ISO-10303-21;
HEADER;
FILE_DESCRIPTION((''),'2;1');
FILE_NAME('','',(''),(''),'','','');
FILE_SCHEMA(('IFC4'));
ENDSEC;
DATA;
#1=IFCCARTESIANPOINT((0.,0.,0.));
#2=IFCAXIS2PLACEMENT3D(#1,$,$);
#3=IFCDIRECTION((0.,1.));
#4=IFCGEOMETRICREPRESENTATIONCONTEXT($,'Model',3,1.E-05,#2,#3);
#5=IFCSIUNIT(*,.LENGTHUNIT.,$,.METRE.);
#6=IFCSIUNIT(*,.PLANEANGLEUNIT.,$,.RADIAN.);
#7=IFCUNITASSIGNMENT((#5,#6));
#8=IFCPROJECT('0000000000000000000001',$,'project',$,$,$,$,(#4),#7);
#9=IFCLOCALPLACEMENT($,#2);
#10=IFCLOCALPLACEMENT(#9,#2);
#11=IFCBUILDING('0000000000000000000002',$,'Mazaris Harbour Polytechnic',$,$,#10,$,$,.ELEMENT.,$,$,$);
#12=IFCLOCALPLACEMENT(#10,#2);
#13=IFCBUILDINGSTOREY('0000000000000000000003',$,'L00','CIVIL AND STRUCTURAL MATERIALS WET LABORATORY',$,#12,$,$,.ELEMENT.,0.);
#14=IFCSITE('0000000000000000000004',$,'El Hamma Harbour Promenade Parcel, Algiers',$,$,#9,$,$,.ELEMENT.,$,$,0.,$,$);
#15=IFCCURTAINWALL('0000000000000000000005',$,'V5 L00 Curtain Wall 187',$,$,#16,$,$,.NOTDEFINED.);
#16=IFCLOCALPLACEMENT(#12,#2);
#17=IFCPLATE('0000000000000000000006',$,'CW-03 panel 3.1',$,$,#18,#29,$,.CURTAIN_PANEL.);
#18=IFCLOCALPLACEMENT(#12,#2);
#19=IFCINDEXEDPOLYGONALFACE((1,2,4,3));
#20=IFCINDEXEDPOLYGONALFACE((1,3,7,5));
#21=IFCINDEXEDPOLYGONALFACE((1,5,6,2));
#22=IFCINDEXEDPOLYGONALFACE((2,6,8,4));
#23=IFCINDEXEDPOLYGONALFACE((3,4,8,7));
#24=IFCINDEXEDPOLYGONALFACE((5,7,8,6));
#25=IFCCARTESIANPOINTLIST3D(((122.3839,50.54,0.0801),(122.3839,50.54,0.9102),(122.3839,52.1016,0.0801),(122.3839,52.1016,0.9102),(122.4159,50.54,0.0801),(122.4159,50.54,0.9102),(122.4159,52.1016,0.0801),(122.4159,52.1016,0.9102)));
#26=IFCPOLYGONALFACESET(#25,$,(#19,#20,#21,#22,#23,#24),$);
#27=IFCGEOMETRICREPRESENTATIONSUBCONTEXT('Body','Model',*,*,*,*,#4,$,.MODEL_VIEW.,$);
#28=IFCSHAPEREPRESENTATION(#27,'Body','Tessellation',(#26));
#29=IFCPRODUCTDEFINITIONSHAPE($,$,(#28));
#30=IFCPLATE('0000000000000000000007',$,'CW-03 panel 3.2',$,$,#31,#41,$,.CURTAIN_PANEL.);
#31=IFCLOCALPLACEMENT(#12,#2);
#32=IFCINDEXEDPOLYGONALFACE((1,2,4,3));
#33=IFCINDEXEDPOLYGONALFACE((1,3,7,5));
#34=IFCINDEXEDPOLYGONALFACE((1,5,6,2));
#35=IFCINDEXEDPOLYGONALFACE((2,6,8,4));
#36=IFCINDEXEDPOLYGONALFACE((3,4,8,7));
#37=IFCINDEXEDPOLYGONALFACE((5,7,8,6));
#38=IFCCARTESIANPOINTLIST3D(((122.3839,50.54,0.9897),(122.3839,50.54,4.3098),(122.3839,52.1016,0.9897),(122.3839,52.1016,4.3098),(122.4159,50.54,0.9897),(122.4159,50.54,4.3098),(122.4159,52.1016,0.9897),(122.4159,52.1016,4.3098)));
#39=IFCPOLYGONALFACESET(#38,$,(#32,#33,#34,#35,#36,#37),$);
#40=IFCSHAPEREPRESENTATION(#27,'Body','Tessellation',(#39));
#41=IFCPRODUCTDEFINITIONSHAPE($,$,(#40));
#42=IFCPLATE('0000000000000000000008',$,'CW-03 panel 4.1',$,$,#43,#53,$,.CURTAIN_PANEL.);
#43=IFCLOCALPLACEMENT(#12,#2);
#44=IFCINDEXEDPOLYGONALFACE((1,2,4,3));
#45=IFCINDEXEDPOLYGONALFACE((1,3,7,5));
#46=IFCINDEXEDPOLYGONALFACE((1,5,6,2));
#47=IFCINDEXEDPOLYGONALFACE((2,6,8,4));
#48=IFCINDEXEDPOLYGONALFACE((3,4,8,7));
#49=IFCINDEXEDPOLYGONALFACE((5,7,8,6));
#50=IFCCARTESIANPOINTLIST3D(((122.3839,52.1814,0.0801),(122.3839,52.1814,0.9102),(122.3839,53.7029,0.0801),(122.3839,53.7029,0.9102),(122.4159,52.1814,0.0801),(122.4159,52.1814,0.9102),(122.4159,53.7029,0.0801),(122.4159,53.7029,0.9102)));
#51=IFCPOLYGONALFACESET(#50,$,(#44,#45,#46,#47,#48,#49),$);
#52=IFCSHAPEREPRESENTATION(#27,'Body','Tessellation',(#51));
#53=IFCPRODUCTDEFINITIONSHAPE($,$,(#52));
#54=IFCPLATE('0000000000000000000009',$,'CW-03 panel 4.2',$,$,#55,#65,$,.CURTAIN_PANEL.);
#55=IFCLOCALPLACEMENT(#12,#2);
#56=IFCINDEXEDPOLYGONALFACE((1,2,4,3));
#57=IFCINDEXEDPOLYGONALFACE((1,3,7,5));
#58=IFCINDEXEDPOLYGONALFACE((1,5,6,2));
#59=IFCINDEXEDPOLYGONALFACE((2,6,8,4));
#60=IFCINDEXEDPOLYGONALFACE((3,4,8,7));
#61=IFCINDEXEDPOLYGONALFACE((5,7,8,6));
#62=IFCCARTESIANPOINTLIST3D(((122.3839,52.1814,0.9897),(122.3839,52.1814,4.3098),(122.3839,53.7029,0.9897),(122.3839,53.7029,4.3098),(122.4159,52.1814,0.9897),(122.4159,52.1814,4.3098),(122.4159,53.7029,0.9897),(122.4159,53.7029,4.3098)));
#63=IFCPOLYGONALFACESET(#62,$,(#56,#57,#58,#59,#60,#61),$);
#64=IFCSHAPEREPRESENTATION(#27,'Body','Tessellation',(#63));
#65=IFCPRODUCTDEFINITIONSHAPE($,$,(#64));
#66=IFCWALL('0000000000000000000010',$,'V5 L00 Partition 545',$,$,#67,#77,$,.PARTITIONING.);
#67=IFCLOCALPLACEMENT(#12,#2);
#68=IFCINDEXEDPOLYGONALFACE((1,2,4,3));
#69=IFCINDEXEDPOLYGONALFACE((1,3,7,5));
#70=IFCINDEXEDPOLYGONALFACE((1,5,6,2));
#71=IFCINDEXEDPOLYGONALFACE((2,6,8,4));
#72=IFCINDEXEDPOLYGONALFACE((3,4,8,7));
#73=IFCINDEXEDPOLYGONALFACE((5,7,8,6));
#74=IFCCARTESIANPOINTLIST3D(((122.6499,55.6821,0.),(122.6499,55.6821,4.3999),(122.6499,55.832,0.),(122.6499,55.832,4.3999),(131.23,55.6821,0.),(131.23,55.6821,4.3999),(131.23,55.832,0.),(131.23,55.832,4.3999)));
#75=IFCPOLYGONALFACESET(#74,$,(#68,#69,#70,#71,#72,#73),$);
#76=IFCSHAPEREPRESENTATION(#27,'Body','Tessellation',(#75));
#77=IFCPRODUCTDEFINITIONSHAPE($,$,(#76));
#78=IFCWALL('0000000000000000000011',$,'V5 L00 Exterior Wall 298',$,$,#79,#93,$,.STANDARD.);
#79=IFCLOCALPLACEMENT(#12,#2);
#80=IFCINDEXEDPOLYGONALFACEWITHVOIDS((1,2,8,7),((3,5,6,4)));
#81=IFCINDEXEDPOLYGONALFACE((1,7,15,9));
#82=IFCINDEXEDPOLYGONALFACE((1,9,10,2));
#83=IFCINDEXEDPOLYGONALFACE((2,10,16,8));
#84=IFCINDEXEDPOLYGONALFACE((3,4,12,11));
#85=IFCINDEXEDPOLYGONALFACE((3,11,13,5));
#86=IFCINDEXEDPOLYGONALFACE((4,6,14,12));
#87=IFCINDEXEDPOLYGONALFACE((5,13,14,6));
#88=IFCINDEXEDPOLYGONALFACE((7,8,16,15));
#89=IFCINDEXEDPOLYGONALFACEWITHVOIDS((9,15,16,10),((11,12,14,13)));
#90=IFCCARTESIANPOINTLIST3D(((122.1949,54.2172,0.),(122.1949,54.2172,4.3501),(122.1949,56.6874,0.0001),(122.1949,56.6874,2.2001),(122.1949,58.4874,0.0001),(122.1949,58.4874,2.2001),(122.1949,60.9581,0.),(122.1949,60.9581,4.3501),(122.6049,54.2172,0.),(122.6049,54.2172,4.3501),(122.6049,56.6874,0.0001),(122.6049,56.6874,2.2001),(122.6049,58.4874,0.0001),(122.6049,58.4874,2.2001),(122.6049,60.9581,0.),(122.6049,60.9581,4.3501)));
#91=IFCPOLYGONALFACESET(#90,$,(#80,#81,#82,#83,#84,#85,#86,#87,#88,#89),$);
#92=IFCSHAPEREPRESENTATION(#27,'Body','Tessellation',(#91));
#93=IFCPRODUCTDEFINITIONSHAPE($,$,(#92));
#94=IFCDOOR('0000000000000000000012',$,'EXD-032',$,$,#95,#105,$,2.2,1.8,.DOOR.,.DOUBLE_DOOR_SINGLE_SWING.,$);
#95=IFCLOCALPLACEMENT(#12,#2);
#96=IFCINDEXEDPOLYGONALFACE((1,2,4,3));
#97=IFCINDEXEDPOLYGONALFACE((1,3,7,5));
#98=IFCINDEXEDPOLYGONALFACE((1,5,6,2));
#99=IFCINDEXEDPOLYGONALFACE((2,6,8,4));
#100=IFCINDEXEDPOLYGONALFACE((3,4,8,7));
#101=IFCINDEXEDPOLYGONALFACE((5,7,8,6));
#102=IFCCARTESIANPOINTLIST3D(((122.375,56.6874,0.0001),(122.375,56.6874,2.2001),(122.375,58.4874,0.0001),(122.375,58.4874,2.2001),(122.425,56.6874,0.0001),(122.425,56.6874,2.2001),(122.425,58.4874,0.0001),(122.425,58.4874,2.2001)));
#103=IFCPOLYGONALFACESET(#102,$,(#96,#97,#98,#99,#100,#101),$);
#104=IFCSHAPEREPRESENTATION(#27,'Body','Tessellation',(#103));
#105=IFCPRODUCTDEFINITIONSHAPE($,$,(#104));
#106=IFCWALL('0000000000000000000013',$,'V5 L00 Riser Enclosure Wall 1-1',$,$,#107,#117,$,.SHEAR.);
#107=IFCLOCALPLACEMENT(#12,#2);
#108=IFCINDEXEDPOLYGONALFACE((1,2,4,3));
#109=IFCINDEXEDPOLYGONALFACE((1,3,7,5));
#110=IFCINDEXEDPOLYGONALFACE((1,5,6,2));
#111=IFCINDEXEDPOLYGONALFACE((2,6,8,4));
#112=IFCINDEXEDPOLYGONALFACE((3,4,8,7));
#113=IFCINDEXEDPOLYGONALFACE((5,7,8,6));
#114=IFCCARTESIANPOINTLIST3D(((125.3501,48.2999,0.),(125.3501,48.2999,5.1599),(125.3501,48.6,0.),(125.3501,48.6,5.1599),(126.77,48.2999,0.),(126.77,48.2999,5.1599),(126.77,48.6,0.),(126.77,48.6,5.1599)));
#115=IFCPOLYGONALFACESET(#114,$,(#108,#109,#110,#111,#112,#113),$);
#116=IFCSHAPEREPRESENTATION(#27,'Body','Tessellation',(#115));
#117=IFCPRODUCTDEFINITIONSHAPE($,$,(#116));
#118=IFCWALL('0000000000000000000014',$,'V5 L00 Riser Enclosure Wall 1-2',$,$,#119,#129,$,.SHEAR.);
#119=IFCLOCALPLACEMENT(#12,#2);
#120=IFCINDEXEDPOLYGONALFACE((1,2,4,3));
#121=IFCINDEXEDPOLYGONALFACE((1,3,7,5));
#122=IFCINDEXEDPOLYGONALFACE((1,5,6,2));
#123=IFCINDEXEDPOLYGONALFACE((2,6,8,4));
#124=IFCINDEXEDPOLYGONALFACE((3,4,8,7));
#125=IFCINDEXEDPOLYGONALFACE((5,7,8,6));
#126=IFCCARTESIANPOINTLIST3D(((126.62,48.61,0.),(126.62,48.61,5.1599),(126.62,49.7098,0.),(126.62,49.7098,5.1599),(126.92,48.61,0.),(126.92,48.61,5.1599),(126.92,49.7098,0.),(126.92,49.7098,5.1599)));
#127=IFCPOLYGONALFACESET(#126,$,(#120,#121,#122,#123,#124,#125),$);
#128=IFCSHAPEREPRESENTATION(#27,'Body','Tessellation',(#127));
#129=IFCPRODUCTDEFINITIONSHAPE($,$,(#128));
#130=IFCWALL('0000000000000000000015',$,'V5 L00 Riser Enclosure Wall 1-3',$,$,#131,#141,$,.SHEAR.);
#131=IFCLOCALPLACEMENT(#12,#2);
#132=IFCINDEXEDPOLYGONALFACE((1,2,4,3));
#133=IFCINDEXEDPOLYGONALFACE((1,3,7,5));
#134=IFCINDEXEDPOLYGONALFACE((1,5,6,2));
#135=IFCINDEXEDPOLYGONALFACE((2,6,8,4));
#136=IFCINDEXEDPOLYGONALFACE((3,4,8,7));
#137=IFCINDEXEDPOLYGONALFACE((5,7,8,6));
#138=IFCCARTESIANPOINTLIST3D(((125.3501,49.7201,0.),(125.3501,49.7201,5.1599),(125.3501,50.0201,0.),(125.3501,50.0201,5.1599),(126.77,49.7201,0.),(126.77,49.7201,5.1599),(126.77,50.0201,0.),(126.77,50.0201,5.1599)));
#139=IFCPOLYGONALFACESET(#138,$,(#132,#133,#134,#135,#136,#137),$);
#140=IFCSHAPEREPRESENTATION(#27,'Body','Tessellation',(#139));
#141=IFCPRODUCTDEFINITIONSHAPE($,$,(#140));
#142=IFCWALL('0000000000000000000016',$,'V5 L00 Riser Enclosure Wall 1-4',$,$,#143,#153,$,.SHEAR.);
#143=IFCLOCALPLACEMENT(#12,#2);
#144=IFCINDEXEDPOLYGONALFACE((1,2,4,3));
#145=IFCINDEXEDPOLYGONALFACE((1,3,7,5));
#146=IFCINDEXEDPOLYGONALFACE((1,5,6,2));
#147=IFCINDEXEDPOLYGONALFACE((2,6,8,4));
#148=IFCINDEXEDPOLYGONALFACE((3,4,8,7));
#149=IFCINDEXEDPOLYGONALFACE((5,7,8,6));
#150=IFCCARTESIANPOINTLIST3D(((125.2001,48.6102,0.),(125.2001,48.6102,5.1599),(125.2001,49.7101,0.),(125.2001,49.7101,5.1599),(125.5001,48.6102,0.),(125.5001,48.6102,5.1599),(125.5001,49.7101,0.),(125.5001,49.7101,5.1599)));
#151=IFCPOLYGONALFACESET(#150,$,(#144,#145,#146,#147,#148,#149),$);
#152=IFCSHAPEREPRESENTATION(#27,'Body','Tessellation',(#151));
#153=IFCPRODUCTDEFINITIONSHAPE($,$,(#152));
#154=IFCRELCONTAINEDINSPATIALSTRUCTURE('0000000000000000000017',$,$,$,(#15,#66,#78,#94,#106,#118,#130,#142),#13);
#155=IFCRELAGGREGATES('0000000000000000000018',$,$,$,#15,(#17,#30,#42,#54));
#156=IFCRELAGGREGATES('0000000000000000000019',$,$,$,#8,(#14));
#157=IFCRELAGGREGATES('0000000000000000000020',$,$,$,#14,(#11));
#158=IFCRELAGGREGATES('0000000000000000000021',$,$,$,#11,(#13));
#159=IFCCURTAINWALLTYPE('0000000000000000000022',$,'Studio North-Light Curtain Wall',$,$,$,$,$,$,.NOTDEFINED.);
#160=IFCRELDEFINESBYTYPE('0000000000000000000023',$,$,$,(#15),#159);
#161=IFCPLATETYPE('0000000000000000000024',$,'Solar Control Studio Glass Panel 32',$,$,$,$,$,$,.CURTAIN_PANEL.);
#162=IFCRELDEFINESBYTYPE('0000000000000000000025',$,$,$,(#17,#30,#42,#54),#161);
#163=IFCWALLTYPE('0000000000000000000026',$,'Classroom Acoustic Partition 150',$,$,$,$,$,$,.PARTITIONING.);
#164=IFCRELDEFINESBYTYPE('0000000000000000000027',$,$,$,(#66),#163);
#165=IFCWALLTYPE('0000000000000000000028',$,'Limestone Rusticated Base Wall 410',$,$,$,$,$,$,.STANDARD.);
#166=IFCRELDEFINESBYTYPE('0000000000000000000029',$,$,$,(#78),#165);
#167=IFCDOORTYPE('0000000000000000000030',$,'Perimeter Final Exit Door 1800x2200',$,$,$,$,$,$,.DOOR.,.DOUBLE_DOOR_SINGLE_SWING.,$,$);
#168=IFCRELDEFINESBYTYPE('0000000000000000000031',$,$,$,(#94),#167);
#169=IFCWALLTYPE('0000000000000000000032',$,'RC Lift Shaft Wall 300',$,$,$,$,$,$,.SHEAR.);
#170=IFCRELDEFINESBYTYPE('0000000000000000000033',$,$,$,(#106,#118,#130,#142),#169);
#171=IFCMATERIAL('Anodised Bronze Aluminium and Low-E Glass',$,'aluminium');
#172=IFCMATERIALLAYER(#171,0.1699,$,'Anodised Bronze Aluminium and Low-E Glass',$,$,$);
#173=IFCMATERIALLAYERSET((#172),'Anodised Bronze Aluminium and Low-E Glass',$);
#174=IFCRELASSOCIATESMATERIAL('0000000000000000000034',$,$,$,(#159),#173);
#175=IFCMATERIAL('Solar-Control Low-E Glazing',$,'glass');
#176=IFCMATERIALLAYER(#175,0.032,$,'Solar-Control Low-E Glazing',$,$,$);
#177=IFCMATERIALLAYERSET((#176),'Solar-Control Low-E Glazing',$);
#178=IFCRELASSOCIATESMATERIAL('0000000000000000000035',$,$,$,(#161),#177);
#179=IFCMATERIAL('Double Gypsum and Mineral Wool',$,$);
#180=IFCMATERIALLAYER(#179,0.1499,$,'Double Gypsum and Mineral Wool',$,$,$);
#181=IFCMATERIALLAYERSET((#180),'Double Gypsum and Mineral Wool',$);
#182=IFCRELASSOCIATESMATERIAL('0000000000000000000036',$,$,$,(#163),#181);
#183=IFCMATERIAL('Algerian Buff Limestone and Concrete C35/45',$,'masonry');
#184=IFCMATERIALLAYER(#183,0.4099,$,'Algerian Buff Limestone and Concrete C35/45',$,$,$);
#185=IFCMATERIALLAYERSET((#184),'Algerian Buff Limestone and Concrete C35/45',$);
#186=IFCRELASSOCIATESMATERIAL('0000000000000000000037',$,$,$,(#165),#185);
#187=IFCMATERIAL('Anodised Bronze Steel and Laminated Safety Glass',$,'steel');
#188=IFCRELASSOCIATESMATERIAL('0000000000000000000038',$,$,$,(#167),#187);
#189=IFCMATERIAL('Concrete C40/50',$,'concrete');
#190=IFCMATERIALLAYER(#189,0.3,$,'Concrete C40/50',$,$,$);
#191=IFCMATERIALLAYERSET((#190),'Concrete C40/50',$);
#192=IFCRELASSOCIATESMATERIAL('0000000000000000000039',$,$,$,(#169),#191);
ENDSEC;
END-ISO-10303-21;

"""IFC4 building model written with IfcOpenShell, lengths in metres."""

from ifc_helpers import new_model, si_unit, direction, frame, frame_2d, origin, origin_2d, place, context, subcontext, project, spatial, rectangle, extrude, material, layer, layer_set, type_object, element, fill, aggregate, save


model = new_model("IFC4")

# Units and contexts
model_context = context("Model", 3, precision=1e-05, world=origin(), true_north=direction((0.0, 1.0)))
body_context = subcontext(model_context, "Body", "Model", "MODEL_VIEW")
ifc_project = project(units=[si_unit("LENGTHUNIT", "METRE"), si_unit("PLANEANGLEUNIT", "RADIAN")], contexts=[model_context])

# Site, building, storey
site_placement = place(None, origin())
site = spatial("IfcSite", under=ifc_project, at=site_placement, Name="El Hamma Harbour Promenade Parcel, Algiers", CompositionType="ELEMENT", RefElevation=0.0)
building_placement = place(site_placement, origin())
building = spatial("IfcBuilding", under=site, at=building_placement, Name="Mazaris Harbour Polytechnic", CompositionType="ELEMENT")
storey_placement = place(building_placement, origin())
storey = spatial("IfcBuildingStorey", under=building, at=storey_placement, Name="L00", Description="CIVIL AND STRUCTURAL MATERIALS WET LABORATORY", CompositionType="ELEMENT", Elevation=0.0)

# Curtain wall
ifc_material_1 = material(Name="Anodised Bronze Aluminium and Low-E Glass", Category="aluminium")
ifc_layer_1 = layer(ifc_material_1, 0.1699, Name="Anodised Bronze Aluminium and Low-E Glass")
ifc_layer_set_1 = layer_set([ifc_layer_1], Name="Anodised Bronze Aluminium and Low-E Glass")
curtain_wall_type = type_object("IfcCurtainWallType", Name="Studio North-Light Curtain Wall", PredefinedType="NOTDEFINED", material=ifc_layer_set_1)
curtain_wall_placement = place(storey_placement, origin())
curtain_wall = element("IfcCurtainWall", 1, at=curtain_wall_placement, inside=storey, type_object=curtain_wall_type, Name="V5 L00 Curtain Wall 187", PredefinedType="NOTDEFINED")

# Plates
ifc_material_2 = material(Name="Solar-Control Low-E Glazing", Category="glass")
ifc_layer_2 = layer(ifc_material_2, 0.032, Name="Solar-Control Low-E Glazing")
ifc_layer_set_2 = layer_set([ifc_layer_2], Name="Solar-Control Low-E Glazing")
plate_type = type_object("IfcPlateType", Name="Solar Control Studio Glass Panel 32", PredefinedType="CURTAIN_PANEL", material=ifc_layer_set_2)
plate_1_placement = place(storey_placement, frame((122.3999, 51.3208, 0.0801), z_axis=(0.0, 0.0, 1.0), x_axis=(0.0, 1.0, 0.0)))
plate_1 = element("IfcPlate", 2, at=plate_1_placement, type_object=plate_type, Name="CW-03 panel 3.1", PredefinedType="CURTAIN_PANEL", context=body_context, shape_type="SweptSolid", body=[
    extrude(rectangle(XDim=1.5615, YDim=0.032, at=origin_2d()), origin(), (0.0, 0.0, 1.0), 0.8301),
])
plate_2_placement = place(storey_placement, frame((122.3999, 51.3208, 0.9897), z_axis=(0.0, 0.0, 1.0), x_axis=(0.0, 1.0, 0.0)))
plate_2 = element("IfcPlate", 3, at=plate_2_placement, type_object=plate_type, Name="CW-03 panel 3.2", PredefinedType="CURTAIN_PANEL", context=body_context, shape_type="SweptSolid", body=[
    extrude(rectangle(XDim=1.5615, YDim=0.032, at=origin_2d()), origin(), (0.0, 0.0, 1.0), 3.3201),
])
plate_3_placement = place(storey_placement, frame((122.3999, 52.9421, 0.0801), z_axis=(0.0, 0.0, 1.0), x_axis=(0.0, 1.0, 0.0)))
plate_3 = element("IfcPlate", 4, at=plate_3_placement, type_object=plate_type, Name="CW-03 panel 4.1", PredefinedType="CURTAIN_PANEL", context=body_context, shape_type="SweptSolid", body=[
    extrude(rectangle(XDim=1.5215, YDim=0.032, at=origin_2d()), origin(), (0.0, 0.0, 1.0), 0.8301),
])
plate_4_placement = place(storey_placement, frame((122.3999, 52.9421, 0.9897), z_axis=(0.0, 0.0, 1.0), x_axis=(0.0, 1.0, 0.0)))
plate_4 = element("IfcPlate", 5, at=plate_4_placement, type_object=plate_type, Name="CW-03 panel 4.2", PredefinedType="CURTAIN_PANEL", context=body_context, shape_type="SweptSolid", body=[
    extrude(rectangle(XDim=1.5215, YDim=0.032, at=origin_2d()), origin(), (0.0, 0.0, 1.0), 3.3201),
])
aggregate(curtain_wall, [plate_1, plate_2, plate_3, plate_4])

# Wall
ifc_material_3 = material(Name="Double Gypsum and Mineral Wool")
ifc_layer_3 = layer(ifc_material_3, 0.1499, Name="Double Gypsum and Mineral Wool")
ifc_layer_set_3 = layer_set([ifc_layer_3], Name="Double Gypsum and Mineral Wool")
wall_type_1 = type_object("IfcWallType", Name="Classroom Acoustic Partition 150", PredefinedType="PARTITIONING", material=ifc_layer_set_3)
wall_1_placement = place(storey_placement, frame((122.6499, 55.7571, 0.0), z_axis=(0.0, 0.0, 1.0), x_axis=(1.0, 0.0, 0.0)))
element("IfcWall", 6, at=wall_1_placement, inside=storey, type_object=wall_type_1, Name="V5 L00 Partition 545", PredefinedType="PARTITIONING", context=body_context, shape_type="SweptSolid", body=[
    extrude(rectangle(XDim=8.5801, YDim=0.1499, at=frame_2d((4.29, 0.0))), origin(), (0.0, 0.0, 1.0), 4.3999),
])

# Wall, opening, door
ifc_material_4 = material(Name="Algerian Buff Limestone and Concrete C35/45", Category="masonry")
ifc_layer_4 = layer(ifc_material_4, 0.4099, Name="Algerian Buff Limestone and Concrete C35/45")
ifc_layer_set_4 = layer_set([ifc_layer_4], Name="Algerian Buff Limestone and Concrete C35/45")
wall_type_2 = type_object("IfcWallType", Name="Limestone Rusticated Base Wall 410", PredefinedType="STANDARD", material=ifc_layer_set_4)
wall_2_placement = place(storey_placement, frame((122.3999, 54.217, 0.0), z_axis=(0.0, 0.0, 1.0), x_axis=(0.0, 1.0, 0.0)))
wall_2 = element("IfcWall", 7, at=wall_2_placement, inside=storey, type_object=wall_type_2, Name="V5 L00 Exterior Wall 298", PredefinedType="STANDARD", context=body_context, shape_type="SweptSolid", body=[
    extrude(rectangle(XDim=6.741, YDim=0.4099, at=frame_2d((3.3706, 0.0))), origin(), (0.0, 0.0, 1.0), 4.3501),
])
opening_1_placement = place(wall_2_placement, frame((2.4705, 0.0, 0.0)))
opening_1 = element("IfcOpeningElement", 8, at=opening_1_placement, cuts=wall_2, PredefinedType="OPENING", context=body_context, shape_type="SweptSolid", body=[
    extrude(rectangle(XDim=1.8, YDim=2.2, at=frame_2d((0.8999, 1.1001))), frame((0.0, 0.2148, 0.0), z_axis=(0.0, -1.0, 0.0), x_axis=(1.0, 0.0, 0.0)), (0.0, 0.0, 1.0), 0.4299),
])
ifc_material_5 = material(Name="Anodised Bronze Steel and Laminated Safety Glass", Category="steel")
door_type_1 = type_object("IfcDoorType", Name="Perimeter Final Exit Door 1800x2200", OperationType="DOUBLE_DOOR_SINGLE_SWING", PredefinedType="DOOR", material=ifc_material_5)
door_1_placement = place(opening_1_placement, origin())
door_1 = element("IfcDoor", 9, at=door_1_placement, inside=storey, type_object=door_type_1, Name="EXD-032", OperationType="DOUBLE_DOOR_SINGLE_SWING", OverallHeight=2.2, OverallWidth=1.8, PredefinedType="DOOR", context=body_context, shape_type="SweptSolid", body=[
    extrude(rectangle(XDim=1.8, YDim=2.2, at=frame_2d((0.8999, 1.1001))), frame((0.0, 0.0249, 0.0), z_axis=(0.0, -1.0, 0.0), x_axis=(1.0, 0.0, 0.0)), (0.0, 0.0, 1.0), 0.05),
])
fill(opening_1, door_1)

# Walls
ifc_material_6 = material(Name="Concrete C40/50", Category="concrete")
ifc_layer_5 = layer(ifc_material_6, 0.3, Name="Concrete C40/50")
ifc_layer_set_5 = layer_set([ifc_layer_5], Name="Concrete C40/50")
wall_type_3 = type_object("IfcWallType", Name="RC Lift Shaft Wall 300", PredefinedType="SHEAR", material=ifc_layer_set_5)
wall_3_placement = place(storey_placement, frame((125.3501, 48.45, 0.0), z_axis=(0.0, 0.0, 1.0), x_axis=(1.0, 0.0, 0.0)))
element("IfcWall", 10, at=wall_3_placement, inside=storey, type_object=wall_type_3, Name="V5 L00 Riser Enclosure Wall 1-1", PredefinedType="SHEAR", context=body_context, shape_type="SweptSolid", body=[
    extrude(rectangle(XDim=1.4199, YDim=0.3, at=frame_2d((0.71, 0.0))), origin(), (0.0, 0.0, 1.0), 5.1599),
])
wall_4_placement = place(storey_placement, frame((126.77, 48.6101, 0.0), z_axis=(0.0, 0.0, 1.0), x_axis=(0.0, 1.0, 0.0)))
element("IfcWall", 11, at=wall_4_placement, inside=storey, type_object=wall_type_3, Name="V5 L00 Riser Enclosure Wall 1-2", PredefinedType="SHEAR", context=body_context, shape_type="SweptSolid", body=[
    extrude(rectangle(XDim=1.0999, YDim=0.3, at=frame_2d((0.5498, 0.0))), origin(), (0.0, 0.0, 1.0), 5.1599),
])
wall_5_placement = place(storey_placement, frame((126.77, 49.8701, 0.0), z_axis=(0.0, 0.0, 1.0), x_axis=(-1.0, 0.0, 0.0)))
element("IfcWall", 12, at=wall_5_placement, inside=storey, type_object=wall_type_3, Name="V5 L00 Riser Enclosure Wall 1-3", PredefinedType="SHEAR", context=body_context, shape_type="SweptSolid", body=[
    extrude(rectangle(XDim=1.4199, YDim=0.3, at=frame_2d((0.71, 0.0))), origin(), (0.0, 0.0, 1.0), 5.1599),
])
wall_6_placement = place(storey_placement, frame((125.3501, 49.71, 0.0), z_axis=(0.0, 0.0, 1.0), x_axis=(0.0, -1.0, 0.0)))
element("IfcWall", 13, at=wall_6_placement, inside=storey, type_object=wall_type_3, Name="V5 L00 Riser Enclosure Wall 1-4", PredefinedType="SHEAR", context=body_context, shape_type="SweptSolid", body=[
    extrude(rectangle(XDim=1.0999, YDim=0.3, at=frame_2d((0.5498, 0.0))), origin(), (0.0, 0.0, 1.0), 5.1599),
])

save(model, "model.ifc")
